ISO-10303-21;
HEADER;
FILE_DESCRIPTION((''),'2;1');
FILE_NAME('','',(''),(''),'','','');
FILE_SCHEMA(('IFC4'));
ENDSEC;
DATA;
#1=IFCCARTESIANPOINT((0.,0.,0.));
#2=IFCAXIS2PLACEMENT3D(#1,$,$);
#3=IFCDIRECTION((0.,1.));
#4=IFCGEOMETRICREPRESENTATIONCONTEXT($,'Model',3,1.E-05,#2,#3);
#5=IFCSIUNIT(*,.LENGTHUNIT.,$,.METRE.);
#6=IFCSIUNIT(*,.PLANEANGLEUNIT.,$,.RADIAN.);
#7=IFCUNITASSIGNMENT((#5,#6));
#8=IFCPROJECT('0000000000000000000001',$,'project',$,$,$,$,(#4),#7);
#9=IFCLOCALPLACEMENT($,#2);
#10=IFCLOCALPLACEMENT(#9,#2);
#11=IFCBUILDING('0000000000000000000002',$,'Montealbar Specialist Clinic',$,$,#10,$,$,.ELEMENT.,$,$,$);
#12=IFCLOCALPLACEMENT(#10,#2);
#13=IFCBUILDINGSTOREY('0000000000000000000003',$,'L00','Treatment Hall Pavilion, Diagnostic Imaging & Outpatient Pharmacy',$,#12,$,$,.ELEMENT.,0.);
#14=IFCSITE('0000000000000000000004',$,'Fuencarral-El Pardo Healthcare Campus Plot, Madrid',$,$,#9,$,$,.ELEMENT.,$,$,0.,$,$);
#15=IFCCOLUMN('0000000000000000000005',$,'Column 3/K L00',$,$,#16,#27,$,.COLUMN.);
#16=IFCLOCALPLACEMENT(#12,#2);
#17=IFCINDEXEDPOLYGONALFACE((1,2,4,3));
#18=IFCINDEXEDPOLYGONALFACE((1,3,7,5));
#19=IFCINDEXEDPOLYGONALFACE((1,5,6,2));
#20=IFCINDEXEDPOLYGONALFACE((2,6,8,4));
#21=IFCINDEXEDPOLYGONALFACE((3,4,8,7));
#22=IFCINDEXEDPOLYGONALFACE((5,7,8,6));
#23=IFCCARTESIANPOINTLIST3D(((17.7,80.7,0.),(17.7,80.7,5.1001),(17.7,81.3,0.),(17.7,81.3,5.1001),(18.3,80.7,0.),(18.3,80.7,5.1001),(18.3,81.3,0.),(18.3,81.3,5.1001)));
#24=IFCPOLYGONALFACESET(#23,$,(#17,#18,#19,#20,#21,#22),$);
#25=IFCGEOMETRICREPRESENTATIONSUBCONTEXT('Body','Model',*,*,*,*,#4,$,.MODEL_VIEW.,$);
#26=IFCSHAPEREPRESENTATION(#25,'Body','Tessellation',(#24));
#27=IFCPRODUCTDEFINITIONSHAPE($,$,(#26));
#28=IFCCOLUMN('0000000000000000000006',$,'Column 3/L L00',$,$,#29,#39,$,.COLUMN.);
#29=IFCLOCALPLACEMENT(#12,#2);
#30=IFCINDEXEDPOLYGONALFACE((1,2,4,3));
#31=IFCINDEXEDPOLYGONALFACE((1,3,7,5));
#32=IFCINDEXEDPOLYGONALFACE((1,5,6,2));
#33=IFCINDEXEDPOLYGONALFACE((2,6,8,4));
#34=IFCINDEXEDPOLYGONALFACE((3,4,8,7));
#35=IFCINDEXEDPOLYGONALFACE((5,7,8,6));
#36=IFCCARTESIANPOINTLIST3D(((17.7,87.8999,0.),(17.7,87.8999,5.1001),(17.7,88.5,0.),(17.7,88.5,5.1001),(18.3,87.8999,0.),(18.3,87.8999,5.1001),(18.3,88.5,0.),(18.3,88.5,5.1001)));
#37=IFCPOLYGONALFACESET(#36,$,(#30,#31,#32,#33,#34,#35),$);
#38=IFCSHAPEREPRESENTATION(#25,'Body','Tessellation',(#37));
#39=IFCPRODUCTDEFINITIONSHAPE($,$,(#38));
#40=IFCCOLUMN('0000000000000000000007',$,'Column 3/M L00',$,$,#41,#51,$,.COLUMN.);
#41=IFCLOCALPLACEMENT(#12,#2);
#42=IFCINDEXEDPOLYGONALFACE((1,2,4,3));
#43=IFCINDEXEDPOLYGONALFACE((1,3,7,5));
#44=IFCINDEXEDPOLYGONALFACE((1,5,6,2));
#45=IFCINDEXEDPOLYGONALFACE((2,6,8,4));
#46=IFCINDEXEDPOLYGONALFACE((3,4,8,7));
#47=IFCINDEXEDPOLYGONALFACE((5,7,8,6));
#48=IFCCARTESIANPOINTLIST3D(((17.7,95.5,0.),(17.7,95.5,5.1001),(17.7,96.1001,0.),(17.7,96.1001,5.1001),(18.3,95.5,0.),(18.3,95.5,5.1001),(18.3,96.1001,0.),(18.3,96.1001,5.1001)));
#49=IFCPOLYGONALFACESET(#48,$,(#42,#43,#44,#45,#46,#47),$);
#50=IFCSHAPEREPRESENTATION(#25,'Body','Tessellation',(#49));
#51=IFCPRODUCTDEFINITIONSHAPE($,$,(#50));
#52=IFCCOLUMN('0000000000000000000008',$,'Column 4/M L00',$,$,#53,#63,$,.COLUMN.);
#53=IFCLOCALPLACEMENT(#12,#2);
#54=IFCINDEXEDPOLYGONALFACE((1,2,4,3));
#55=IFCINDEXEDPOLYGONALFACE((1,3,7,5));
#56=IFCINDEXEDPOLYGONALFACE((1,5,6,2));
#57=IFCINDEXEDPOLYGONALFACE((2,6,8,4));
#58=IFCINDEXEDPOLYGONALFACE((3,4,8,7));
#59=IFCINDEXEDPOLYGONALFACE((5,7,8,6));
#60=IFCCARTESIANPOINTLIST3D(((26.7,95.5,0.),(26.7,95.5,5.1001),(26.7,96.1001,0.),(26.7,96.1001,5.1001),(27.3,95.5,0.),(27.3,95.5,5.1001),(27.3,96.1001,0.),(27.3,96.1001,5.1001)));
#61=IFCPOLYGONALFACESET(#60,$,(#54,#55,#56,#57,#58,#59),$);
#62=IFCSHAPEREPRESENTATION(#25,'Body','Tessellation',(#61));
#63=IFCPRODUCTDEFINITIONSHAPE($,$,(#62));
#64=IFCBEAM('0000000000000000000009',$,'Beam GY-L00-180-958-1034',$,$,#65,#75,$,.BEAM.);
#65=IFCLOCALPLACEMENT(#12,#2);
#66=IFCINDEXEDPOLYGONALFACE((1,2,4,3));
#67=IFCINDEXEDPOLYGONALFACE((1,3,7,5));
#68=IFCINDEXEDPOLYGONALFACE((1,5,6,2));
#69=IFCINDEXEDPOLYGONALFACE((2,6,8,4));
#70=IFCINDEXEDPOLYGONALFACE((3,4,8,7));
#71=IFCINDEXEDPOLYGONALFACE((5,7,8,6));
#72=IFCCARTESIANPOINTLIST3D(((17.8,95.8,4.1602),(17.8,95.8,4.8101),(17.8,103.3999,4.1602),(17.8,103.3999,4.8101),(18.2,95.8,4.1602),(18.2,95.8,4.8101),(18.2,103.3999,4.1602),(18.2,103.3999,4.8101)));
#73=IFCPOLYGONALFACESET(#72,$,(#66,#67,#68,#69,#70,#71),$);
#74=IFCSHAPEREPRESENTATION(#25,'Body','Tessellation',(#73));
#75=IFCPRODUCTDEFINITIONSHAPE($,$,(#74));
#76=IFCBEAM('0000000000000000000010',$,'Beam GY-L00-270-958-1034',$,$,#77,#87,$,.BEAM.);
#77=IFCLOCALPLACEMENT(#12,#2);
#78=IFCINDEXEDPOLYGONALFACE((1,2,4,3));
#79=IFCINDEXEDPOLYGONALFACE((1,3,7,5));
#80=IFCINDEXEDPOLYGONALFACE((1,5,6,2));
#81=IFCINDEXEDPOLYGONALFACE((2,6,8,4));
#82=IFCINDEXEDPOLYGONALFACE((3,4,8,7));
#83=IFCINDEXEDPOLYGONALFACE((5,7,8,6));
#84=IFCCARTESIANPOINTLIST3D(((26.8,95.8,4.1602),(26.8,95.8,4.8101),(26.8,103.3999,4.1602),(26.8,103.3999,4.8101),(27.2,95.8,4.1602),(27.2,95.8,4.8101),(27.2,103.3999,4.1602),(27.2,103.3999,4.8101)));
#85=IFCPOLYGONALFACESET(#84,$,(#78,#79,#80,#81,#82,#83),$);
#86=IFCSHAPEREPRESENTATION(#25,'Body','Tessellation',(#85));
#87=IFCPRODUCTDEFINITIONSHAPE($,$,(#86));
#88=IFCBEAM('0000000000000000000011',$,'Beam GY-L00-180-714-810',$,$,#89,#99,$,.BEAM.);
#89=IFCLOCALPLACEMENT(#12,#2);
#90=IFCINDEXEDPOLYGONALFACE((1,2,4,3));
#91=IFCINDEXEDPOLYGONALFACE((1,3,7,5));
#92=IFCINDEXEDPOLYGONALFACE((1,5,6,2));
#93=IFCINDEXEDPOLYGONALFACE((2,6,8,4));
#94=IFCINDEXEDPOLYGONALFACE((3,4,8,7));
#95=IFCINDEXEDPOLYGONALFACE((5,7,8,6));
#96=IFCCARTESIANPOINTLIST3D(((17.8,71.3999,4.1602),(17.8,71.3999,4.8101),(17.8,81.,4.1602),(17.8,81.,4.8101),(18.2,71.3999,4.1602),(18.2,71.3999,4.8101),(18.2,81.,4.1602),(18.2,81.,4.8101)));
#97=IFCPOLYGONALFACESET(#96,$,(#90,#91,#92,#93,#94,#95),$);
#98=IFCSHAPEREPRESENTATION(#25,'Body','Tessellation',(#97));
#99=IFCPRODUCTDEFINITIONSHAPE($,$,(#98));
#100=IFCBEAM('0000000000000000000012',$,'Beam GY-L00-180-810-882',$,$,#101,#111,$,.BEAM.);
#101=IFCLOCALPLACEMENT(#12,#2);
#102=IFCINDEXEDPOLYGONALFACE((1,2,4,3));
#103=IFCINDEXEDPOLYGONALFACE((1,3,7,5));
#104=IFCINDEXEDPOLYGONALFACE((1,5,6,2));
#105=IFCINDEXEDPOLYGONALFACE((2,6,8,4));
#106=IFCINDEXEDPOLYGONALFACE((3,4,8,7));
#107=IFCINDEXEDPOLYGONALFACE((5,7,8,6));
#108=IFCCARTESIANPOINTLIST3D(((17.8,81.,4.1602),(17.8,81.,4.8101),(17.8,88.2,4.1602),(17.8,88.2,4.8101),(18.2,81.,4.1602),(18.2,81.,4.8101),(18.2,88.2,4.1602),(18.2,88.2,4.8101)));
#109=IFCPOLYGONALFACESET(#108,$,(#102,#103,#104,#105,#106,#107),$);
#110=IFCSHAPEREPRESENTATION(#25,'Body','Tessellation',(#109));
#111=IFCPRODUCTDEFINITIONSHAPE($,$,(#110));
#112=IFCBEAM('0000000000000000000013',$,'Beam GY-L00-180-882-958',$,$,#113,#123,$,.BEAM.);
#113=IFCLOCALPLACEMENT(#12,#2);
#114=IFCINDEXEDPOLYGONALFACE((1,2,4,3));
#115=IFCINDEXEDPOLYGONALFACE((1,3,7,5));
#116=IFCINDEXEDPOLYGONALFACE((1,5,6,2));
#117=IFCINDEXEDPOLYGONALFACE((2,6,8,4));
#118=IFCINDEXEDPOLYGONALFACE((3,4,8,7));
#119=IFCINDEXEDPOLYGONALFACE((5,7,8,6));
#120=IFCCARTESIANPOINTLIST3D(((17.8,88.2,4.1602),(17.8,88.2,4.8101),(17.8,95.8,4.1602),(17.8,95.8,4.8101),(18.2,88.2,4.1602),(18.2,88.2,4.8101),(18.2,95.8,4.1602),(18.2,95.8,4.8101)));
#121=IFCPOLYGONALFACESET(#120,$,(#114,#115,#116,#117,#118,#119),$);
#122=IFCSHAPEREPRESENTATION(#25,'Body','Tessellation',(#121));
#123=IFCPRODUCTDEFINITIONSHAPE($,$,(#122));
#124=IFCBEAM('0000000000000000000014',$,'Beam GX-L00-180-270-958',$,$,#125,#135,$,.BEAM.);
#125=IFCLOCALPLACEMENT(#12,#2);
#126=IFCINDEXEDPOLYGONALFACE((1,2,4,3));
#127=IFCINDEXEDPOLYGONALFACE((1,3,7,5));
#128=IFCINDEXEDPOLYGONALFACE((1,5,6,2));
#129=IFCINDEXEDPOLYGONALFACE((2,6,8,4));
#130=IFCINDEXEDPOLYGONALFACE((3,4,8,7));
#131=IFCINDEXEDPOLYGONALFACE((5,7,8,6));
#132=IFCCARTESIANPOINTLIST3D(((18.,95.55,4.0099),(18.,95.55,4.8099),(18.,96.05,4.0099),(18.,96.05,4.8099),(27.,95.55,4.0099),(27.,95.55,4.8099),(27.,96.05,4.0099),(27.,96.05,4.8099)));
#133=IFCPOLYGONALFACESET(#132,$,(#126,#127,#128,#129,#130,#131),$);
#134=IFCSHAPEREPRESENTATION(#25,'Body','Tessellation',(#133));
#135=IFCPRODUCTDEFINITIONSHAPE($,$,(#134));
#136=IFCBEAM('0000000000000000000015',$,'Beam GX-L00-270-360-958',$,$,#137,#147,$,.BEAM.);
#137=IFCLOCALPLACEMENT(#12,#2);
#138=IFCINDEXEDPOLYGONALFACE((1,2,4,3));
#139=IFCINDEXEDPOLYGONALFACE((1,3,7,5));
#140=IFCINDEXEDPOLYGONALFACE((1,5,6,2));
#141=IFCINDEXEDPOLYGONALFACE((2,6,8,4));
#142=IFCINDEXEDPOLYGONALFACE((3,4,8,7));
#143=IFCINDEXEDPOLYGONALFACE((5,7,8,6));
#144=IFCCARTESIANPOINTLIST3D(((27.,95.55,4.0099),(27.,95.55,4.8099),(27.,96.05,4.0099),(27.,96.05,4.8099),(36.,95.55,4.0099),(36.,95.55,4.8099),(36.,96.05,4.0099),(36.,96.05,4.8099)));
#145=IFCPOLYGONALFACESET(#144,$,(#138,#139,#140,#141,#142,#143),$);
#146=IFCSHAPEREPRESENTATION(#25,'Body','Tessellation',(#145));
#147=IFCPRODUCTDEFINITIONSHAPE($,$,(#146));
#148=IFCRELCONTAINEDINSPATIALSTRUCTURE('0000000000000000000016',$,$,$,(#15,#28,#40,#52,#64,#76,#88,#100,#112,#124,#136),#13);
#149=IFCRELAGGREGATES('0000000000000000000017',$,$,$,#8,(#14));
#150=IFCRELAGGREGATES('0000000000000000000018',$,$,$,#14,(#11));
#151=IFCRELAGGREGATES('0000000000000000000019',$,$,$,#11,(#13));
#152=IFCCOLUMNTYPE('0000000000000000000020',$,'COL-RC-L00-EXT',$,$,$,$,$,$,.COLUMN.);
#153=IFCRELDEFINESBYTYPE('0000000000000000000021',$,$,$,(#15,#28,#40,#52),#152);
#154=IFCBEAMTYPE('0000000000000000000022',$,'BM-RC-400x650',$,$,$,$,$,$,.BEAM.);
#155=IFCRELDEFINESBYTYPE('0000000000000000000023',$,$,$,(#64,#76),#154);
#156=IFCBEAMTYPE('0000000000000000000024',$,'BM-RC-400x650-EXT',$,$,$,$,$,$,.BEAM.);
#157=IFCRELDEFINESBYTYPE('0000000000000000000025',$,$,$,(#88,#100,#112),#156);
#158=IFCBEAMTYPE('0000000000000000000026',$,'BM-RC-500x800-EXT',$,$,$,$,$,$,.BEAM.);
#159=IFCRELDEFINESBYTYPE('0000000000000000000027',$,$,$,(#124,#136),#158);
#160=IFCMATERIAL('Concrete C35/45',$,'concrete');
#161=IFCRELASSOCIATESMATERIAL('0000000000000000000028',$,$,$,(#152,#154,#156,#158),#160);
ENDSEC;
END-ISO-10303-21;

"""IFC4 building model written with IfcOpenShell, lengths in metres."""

from ifc_helpers import new_model, si_unit, direction, frame, origin, origin_2d, place, context, subcontext, project, spatial, rectangle, extrude, material, material_profile, profile_set, type_object, element, save


model = new_model("IFC4")

# Units and contexts
model_context = context("Model", 3, precision=1e-05, world=origin(), true_north=direction((0.0, 1.0)))
body_context = subcontext(model_context, "Body", "Model", "MODEL_VIEW")
ifc_project = project(units=[si_unit("LENGTHUNIT", "METRE"), si_unit("PLANEANGLEUNIT", "RADIAN")], contexts=[model_context])

# Site, building, storey
site_placement = place(None, origin())
site = spatial("IfcSite", under=ifc_project, at=site_placement, Name="Fuencarral-El Pardo Healthcare Campus Plot, Madrid", CompositionType="ELEMENT", RefElevation=0.0)
building_placement = place(site_placement, origin())
building = spatial("IfcBuilding", under=site, at=building_placement, Name="Montealbar Specialist Clinic", CompositionType="ELEMENT")
storey_placement = place(building_placement, origin())
storey = spatial("IfcBuildingStorey", under=building, at=storey_placement, Name="L00", Description="Treatment Hall Pavilion, Diagnostic Imaging & Outpatient Pharmacy", CompositionType="ELEMENT", Elevation=0.0)

# Columns
ifc_material_1 = material(Name="Concrete C35/45", Category="concrete")
ifc_material_profile_1 = material_profile(ifc_material_1, rectangle(XDim=0.6001, YDim=0.6001, at=origin_2d()), Name="RC 600x600", Category="concrete")
ifc_profile_set_1 = profile_set([ifc_material_profile_1], Name="Concrete C35/45")
column_type = type_object("IfcColumnType", Name="COL-RC-L00-EXT", PredefinedType="COLUMN", material=ifc_profile_set_1)
for number, where, z_axis, x_axis, name in (
    (1, (18.0, 81.0, 0.0), (0.0, 0.0, 1.0), (1.0, 0.0, 0.0), "Column 3/K L00"),
    (2, (18.0, 88.2, 0.0), (0.0, 0.0, 1.0), (1.0, 0.0, 0.0), "Column 3/L L00"),
    (3, (18.0, 95.8, 0.0), (0.0, 0.0, 1.0), (1.0, 0.0, 0.0), "Column 3/M L00"),
    (4, (27.0, 95.8, 0.0), (0.0, 0.0, 1.0), (1.0, 0.0, 0.0), "Column 4/M L00"),
):
    element("IfcColumn", number, at=place(storey_placement, frame(where, z_axis=z_axis, x_axis=x_axis)), inside=storey, type_object=column_type, Name=name, PredefinedType="COLUMN", context=body_context, shape_type="SweptSolid", body=[
        extrude(rectangle(XDim=0.6001, YDim=0.6001, at=origin_2d()), origin(), (0.0, 0.0, 1.0), 5.1001),
    ])

# Beams
ifc_material_profile_2 = material_profile(ifc_material_1, rectangle(XDim=0.3999, YDim=0.6499, at=origin_2d()), Name="RC 400x650", Category="concrete")
ifc_profile_set_2 = profile_set([ifc_material_profile_2], Name="Concrete C35/45")
beam_type_1 = type_object("IfcBeamType", Name="BM-RC-400x650", PredefinedType="BEAM", material=ifc_profile_set_2)
for number, where, z_axis, x_axis, name in (
    (5, (18.0, 95.8, 4.4851), (0.0, 1.0, 0.0), (-1.0, 0.0, 0.0), "Beam GY-L00-180-958-1034"),
    (6, (27.0, 95.8, 4.4851), (0.0, 1.0, 0.0), (-1.0, 0.0, 0.0), "Beam GY-L00-270-958-1034"),
):
    element("IfcBeam", number, at=place(storey_placement, frame(where, z_axis=z_axis, x_axis=x_axis)), inside=storey, type_object=beam_type_1, Name=name, PredefinedType="BEAM", context=body_context, shape_type="SweptSolid", body=[
        extrude(rectangle(XDim=0.3999, YDim=0.6499, at=origin_2d()), origin(), (0.0, 0.0, 1.0), 7.5999),
    ])
ifc_material_profile_3 = material_profile(ifc_material_1, rectangle(XDim=0.3999, YDim=0.6499, at=origin_2d()), Name="RC 400x650", Category="concrete")
ifc_profile_set_3 = profile_set([ifc_material_profile_3], Name="Concrete C35/45")
beam_type_2 = type_object("IfcBeamType", Name="BM-RC-400x650-EXT", PredefinedType="BEAM", material=ifc_profile_set_3)
beam_1_placement = place(storey_placement, frame((18.0, 71.3999, 4.4851), z_axis=(0.0, 1.0, 0.0), x_axis=(-1.0, 0.0, 0.0)))
element("IfcBeam", 7, at=beam_1_placement, inside=storey, type_object=beam_type_2, Name="Beam GY-L00-180-714-810", PredefinedType="BEAM", context=body_context, shape_type="SweptSolid", body=[
    extrude(rectangle(XDim=0.3999, YDim=0.6499, at=origin_2d()), origin(), (0.0, 0.0, 1.0), 9.6001),
])
beam_2_placement = place(storey_placement, frame((18.0, 81.0, 4.4851), z_axis=(0.0, 1.0, 0.0), x_axis=(-1.0, 0.0, 0.0)))
element("IfcBeam", 8, at=beam_2_placement, inside=storey, type_object=beam_type_2, Name="Beam GY-L00-180-810-882", PredefinedType="BEAM", context=body_context, shape_type="SweptSolid", body=[
    extrude(rectangle(XDim=0.3999, YDim=0.6499, at=origin_2d()), origin(), (0.0, 0.0, 1.0), 7.2),
])
beam_3_placement = place(storey_placement, frame((18.0, 88.2, 4.4851), z_axis=(0.0, 1.0, 0.0), x_axis=(-1.0, 0.0, 0.0)))
element("IfcBeam", 9, at=beam_3_placement, inside=storey, type_object=beam_type_2, Name="Beam GY-L00-180-882-958", PredefinedType="BEAM", context=body_context, shape_type="SweptSolid", body=[
    extrude(rectangle(XDim=0.3999, YDim=0.6499, at=origin_2d()), origin(), (0.0, 0.0, 1.0), 7.6001),
])
ifc_material_profile_4 = material_profile(ifc_material_1, rectangle(XDim=0.5, YDim=0.8, at=origin_2d()), Name="RC 500x800", Category="concrete")
ifc_profile_set_4 = profile_set([ifc_material_profile_4], Name="Concrete C35/45")
beam_type_3 = type_object("IfcBeamType", Name="BM-RC-500x800-EXT", PredefinedType="BEAM", material=ifc_profile_set_4)
for number, where, z_axis, x_axis, name in (
    (10, (18.0, 95.8, 4.4099), (1.0, 0.0, 0.0), (0.0, 1.0, 0.0), "Beam GX-L00-180-270-958"),
    (11, (27.0, 95.8, 4.4099), (1.0, 0.0, 0.0), (0.0, 1.0, 0.0), "Beam GX-L00-270-360-958"),
):
    element("IfcBeam", number, at=place(storey_placement, frame(where, z_axis=z_axis, x_axis=x_axis)), inside=storey, type_object=beam_type_3, Name=name, PredefinedType="BEAM", context=body_context, shape_type="SweptSolid", body=[
        extrude(rectangle(XDim=0.5, YDim=0.8, at=origin_2d()), origin(), (0.0, 0.0, 1.0), 9.0),
    ])

save(model, "model.ifc")
